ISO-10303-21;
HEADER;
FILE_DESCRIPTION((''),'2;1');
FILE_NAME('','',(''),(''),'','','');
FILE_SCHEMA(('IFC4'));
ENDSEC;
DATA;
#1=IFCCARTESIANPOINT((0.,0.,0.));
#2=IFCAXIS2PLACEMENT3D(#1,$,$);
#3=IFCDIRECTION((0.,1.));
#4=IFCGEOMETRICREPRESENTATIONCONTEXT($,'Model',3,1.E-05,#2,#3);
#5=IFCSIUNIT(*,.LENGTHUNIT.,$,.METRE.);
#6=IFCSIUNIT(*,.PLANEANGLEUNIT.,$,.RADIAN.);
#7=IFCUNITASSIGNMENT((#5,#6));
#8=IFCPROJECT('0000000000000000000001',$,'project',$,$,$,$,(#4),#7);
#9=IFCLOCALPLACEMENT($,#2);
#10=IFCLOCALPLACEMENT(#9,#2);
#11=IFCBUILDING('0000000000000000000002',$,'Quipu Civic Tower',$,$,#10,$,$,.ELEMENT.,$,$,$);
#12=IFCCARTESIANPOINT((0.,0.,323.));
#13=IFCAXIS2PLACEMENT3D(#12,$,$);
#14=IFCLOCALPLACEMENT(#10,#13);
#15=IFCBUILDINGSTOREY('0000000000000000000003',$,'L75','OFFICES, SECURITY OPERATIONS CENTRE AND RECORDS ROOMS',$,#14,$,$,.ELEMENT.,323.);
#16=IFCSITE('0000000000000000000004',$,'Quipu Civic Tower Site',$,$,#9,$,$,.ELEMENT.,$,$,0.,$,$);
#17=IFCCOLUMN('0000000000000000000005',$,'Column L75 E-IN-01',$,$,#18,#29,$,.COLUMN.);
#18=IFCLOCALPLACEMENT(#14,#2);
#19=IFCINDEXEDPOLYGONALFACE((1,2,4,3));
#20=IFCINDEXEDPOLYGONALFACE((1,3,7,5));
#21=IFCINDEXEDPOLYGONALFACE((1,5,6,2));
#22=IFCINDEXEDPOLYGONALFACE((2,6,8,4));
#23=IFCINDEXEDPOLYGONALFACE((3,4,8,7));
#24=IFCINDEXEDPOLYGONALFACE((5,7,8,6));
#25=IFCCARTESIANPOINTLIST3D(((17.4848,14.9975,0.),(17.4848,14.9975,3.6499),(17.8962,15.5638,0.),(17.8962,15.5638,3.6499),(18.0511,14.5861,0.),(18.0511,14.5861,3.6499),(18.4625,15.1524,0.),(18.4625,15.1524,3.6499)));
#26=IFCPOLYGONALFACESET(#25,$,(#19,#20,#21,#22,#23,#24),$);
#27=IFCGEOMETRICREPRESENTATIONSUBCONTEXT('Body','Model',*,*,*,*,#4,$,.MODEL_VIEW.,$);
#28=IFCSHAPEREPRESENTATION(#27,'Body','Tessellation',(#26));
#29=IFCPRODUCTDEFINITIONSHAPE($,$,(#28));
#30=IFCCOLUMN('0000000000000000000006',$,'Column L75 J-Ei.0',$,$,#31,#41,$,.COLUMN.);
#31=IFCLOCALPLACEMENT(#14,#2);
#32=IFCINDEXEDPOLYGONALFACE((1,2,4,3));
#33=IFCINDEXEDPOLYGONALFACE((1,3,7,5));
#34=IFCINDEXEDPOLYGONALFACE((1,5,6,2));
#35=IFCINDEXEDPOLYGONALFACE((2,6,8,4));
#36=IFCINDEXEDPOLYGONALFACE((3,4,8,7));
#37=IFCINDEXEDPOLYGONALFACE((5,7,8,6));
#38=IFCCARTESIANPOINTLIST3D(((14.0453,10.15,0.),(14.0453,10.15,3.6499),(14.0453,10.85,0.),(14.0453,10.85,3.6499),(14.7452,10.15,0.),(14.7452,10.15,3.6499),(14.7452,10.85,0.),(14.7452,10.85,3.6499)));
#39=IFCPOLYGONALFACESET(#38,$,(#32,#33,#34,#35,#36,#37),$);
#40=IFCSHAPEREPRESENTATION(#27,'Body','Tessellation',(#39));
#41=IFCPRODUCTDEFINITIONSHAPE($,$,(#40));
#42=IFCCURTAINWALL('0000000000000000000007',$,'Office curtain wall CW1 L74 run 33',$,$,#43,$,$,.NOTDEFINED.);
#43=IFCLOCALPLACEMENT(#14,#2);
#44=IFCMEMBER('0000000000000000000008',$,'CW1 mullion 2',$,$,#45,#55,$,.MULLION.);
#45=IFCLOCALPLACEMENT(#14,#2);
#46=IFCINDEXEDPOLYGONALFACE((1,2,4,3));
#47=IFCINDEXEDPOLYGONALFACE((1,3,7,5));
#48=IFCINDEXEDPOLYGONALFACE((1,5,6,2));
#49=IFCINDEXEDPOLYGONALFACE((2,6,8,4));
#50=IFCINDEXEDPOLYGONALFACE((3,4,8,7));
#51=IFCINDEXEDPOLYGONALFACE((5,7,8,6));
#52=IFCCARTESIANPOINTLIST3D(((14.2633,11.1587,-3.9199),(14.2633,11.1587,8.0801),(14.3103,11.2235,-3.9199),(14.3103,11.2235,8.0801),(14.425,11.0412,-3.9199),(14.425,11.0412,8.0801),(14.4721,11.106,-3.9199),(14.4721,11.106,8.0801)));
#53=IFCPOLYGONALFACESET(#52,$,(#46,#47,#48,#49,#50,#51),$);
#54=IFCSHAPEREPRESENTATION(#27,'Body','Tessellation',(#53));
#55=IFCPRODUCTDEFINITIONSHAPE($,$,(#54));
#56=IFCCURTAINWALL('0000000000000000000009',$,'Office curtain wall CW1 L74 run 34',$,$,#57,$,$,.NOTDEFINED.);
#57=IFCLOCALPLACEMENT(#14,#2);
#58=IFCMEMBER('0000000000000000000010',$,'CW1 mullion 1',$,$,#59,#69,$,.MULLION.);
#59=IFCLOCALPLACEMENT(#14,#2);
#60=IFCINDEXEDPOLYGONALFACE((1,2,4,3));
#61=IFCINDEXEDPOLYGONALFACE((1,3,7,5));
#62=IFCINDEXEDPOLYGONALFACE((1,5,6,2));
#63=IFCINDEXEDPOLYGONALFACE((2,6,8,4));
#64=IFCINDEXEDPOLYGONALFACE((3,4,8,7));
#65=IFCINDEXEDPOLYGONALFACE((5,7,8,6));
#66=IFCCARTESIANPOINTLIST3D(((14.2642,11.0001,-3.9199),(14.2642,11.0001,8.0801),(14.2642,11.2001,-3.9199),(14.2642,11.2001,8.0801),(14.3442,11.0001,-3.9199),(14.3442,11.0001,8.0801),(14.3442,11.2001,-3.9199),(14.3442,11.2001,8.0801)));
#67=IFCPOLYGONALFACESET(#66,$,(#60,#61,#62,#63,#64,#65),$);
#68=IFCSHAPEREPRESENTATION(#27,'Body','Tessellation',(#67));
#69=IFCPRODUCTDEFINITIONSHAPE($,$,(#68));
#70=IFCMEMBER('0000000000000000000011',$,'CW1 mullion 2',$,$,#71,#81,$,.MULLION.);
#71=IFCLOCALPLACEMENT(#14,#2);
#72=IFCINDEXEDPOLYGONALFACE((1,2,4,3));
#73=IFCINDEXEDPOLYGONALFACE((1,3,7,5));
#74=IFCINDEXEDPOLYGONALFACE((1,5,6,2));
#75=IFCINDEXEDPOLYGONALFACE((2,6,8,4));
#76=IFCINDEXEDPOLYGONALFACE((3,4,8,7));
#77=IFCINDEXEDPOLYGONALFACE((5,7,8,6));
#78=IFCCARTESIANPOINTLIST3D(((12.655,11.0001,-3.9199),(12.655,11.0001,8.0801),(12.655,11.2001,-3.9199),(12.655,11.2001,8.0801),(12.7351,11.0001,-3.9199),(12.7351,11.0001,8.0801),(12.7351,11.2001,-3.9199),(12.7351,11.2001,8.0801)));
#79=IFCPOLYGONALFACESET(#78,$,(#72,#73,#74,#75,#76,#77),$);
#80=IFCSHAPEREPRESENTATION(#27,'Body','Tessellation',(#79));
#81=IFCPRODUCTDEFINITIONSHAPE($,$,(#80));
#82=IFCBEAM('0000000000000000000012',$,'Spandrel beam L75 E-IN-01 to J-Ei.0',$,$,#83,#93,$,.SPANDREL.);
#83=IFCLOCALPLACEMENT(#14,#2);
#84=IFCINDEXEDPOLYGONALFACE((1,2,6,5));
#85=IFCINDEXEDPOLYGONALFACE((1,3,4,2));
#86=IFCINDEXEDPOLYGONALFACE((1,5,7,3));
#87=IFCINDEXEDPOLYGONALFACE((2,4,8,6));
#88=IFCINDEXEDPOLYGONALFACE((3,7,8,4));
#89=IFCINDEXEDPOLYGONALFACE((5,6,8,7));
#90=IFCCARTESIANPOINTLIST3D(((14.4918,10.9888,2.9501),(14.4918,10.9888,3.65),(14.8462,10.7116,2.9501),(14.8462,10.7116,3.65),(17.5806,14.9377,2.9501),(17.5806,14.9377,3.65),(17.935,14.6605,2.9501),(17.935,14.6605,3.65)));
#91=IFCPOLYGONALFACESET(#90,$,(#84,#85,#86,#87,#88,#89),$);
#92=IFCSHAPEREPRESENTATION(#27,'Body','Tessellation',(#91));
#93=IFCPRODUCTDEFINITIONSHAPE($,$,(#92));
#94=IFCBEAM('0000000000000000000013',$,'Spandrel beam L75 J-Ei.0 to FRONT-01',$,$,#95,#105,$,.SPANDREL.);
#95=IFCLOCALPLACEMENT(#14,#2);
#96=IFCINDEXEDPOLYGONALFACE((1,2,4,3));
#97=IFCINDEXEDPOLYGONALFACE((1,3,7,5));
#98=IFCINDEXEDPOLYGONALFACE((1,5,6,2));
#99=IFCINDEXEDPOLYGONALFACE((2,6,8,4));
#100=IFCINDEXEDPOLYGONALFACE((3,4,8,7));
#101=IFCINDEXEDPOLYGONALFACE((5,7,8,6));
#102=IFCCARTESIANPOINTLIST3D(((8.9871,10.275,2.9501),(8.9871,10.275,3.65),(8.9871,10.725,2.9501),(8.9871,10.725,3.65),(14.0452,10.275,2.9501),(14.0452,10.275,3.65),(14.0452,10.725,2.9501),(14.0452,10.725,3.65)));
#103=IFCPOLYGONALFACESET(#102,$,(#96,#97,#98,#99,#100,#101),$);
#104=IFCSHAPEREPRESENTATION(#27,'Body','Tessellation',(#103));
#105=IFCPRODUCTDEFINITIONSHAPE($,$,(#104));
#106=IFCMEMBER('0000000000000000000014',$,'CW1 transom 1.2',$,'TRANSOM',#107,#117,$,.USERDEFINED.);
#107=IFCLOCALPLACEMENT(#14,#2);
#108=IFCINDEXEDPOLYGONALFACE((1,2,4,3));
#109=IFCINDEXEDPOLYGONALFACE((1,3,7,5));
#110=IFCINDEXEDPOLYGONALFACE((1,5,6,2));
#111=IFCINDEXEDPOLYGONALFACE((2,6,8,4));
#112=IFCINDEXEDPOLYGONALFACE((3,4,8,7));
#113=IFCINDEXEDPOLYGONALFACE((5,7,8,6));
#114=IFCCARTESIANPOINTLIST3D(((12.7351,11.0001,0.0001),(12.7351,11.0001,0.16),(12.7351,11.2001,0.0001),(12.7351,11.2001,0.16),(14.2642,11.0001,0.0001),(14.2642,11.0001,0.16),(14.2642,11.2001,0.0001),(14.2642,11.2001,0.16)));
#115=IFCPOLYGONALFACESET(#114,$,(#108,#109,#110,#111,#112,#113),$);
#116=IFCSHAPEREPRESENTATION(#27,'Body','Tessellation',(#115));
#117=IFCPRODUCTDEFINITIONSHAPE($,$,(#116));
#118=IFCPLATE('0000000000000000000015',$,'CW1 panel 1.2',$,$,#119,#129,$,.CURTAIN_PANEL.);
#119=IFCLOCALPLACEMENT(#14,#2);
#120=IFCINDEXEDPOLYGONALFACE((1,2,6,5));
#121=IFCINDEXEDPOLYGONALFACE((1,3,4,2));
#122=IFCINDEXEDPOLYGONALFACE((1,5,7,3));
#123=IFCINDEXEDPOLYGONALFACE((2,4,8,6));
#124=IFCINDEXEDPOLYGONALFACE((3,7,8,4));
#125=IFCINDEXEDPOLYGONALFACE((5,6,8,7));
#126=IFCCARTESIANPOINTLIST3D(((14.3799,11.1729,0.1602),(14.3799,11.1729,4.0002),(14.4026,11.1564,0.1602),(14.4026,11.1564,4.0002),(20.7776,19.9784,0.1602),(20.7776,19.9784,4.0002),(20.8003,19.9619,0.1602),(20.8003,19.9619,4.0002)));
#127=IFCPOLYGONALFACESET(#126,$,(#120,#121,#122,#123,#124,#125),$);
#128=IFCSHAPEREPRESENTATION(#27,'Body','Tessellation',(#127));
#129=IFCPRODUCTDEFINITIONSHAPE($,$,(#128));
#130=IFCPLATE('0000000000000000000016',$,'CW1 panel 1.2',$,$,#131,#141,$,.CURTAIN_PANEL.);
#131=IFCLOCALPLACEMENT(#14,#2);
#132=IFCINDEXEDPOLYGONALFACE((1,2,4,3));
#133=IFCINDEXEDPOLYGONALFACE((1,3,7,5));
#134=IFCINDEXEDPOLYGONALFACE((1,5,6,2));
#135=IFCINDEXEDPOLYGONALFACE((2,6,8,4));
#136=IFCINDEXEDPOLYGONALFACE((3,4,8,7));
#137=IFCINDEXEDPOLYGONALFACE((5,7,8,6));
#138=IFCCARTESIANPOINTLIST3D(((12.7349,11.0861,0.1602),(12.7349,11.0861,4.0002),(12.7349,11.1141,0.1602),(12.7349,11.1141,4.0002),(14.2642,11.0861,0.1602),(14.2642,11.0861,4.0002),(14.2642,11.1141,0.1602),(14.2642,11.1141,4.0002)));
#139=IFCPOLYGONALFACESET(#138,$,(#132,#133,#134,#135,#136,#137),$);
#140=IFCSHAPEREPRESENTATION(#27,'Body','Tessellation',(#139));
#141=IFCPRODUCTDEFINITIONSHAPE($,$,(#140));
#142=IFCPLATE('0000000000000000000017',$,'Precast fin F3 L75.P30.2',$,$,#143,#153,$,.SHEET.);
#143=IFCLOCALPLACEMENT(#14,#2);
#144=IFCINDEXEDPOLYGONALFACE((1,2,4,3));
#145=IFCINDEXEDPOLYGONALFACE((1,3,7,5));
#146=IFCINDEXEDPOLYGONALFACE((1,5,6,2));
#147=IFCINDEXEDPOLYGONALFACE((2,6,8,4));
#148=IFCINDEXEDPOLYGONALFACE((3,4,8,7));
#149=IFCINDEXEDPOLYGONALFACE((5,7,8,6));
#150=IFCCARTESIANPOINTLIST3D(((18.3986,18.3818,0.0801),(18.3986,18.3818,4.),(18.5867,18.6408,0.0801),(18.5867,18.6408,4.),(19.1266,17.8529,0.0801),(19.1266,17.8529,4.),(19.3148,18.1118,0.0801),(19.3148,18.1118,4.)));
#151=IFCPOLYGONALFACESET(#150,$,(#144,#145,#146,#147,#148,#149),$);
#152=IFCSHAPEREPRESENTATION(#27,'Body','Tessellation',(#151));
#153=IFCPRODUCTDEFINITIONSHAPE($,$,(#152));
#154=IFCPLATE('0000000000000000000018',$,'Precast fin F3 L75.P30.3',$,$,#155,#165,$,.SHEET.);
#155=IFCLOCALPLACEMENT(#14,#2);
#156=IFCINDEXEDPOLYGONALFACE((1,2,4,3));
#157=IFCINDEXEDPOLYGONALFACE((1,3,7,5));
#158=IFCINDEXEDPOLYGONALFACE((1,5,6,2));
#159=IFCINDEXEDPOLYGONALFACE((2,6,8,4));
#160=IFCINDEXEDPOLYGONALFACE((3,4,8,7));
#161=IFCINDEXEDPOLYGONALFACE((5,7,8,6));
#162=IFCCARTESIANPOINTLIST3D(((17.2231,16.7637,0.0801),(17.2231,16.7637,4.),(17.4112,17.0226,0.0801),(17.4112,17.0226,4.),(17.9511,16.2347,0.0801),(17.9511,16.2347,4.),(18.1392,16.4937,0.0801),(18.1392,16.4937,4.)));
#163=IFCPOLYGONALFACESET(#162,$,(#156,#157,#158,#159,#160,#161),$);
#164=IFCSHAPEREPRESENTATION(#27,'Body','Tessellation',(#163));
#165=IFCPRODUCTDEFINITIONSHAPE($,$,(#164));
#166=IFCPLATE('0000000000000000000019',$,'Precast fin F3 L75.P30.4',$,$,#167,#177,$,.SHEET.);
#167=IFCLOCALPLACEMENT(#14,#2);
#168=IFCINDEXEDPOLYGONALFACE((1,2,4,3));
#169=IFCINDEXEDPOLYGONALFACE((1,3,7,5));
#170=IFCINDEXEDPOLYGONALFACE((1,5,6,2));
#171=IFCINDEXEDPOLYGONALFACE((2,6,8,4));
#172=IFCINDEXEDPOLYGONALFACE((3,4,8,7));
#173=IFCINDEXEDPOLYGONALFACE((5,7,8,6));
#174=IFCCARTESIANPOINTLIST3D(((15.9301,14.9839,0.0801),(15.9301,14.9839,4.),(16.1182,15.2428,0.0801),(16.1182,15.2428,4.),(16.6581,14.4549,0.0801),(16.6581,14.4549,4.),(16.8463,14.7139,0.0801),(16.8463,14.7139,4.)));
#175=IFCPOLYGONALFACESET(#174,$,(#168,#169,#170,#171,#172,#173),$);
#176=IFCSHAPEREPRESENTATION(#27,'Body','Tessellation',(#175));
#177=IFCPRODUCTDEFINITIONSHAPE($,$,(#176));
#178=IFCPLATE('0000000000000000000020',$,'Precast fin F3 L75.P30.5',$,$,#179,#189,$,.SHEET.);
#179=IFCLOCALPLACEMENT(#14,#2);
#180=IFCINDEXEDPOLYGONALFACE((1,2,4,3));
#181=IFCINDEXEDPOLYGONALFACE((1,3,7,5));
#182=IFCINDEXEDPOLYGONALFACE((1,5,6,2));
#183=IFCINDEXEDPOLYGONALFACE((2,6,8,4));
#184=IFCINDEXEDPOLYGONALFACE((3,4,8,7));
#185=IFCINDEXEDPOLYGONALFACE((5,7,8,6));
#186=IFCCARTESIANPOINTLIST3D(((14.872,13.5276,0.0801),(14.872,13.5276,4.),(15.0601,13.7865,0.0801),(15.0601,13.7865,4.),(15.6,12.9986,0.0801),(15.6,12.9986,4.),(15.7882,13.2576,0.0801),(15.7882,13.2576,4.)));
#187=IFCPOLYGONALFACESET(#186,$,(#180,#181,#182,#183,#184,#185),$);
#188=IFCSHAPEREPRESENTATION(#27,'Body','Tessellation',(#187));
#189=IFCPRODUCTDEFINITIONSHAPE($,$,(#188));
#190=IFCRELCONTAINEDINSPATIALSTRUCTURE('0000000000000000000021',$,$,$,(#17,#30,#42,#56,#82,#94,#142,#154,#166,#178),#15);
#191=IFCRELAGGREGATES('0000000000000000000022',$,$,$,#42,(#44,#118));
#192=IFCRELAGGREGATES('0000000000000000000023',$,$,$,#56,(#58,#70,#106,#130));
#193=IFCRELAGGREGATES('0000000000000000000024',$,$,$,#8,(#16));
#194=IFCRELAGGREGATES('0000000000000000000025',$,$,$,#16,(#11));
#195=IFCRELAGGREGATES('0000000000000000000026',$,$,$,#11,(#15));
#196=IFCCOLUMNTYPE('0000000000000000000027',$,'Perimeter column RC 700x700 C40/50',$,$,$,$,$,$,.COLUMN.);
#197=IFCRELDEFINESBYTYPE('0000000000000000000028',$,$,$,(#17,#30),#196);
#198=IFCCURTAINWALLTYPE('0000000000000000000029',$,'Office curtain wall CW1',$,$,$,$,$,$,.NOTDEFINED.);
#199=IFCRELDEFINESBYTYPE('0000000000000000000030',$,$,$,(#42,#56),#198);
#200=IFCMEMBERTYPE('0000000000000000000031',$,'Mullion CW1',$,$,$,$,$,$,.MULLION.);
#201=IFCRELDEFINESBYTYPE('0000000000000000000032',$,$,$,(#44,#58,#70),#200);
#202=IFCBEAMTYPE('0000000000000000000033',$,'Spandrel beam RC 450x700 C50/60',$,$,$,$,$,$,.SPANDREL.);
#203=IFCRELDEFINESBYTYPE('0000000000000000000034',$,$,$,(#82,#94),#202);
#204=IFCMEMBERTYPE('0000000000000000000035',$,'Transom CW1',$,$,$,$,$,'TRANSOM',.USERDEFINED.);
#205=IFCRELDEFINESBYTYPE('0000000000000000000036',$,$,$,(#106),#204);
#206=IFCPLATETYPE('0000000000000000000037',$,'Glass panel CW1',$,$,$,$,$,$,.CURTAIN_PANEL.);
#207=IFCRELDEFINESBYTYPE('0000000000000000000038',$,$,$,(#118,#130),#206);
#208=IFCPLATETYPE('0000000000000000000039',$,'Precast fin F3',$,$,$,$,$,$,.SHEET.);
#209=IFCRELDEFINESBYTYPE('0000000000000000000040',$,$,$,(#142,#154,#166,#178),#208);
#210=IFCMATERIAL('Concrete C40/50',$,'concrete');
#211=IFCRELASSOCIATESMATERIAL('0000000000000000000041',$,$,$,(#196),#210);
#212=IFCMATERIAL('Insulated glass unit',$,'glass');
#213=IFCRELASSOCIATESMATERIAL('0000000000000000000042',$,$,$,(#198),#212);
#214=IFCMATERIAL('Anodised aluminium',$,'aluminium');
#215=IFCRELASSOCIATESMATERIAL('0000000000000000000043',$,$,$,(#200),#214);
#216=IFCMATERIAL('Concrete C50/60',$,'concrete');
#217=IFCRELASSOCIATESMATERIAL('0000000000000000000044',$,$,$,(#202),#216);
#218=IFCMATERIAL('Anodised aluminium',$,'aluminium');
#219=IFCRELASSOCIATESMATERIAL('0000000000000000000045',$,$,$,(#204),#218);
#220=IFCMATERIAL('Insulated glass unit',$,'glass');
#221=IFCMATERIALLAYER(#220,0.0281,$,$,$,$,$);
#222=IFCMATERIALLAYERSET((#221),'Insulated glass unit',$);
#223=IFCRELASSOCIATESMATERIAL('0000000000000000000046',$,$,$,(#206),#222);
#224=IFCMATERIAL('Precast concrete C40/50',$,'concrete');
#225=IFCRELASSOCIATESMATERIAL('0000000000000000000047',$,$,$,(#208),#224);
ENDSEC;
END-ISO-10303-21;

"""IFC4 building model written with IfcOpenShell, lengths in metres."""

from ifc_helpers import new_model, si_unit, direction, frame, origin, origin_2d, place, context, subcontext, project, spatial, rectangle, extrude, material, layer, layer_set, material_profile, profile_set, type_object, element, aggregate, save


model = new_model("IFC4")

# Units and contexts
model_context = context("Model", 3, precision=1e-05, world=origin(), true_north=direction((0.0, 1.0)))
body_context = subcontext(model_context, "Body", "Model", "MODEL_VIEW")
ifc_project = project(units=[si_unit("LENGTHUNIT", "METRE"), si_unit("PLANEANGLEUNIT", "RADIAN")], contexts=[model_context])

# Site, building, storey
site_placement = place(None, origin())
site = spatial("IfcSite", under=ifc_project, at=site_placement, Name="Quipu Civic Tower Site", CompositionType="ELEMENT", RefElevation=0.0)
building_placement = place(site_placement, origin())
building = spatial("IfcBuilding", under=site, at=building_placement, Name="Quipu Civic Tower", CompositionType="ELEMENT")
storey_placement = place(building_placement, frame((0.0, 0.0, 323.0)))
storey = spatial("IfcBuildingStorey", under=building, at=storey_placement, Name="L75", Description="OFFICES, SECURITY OPERATIONS CENTRE AND RECORDS ROOMS", CompositionType="ELEMENT", Elevation=323.0)

# Columns
ifc_material_1 = material(Name="Concrete C40/50", Category="concrete")
ifc_material_profile_1 = material_profile(ifc_material_1, rectangle(XDim=0.7, YDim=0.7, at=origin_2d()), Name="RC700x700")
ifc_profile_set_1 = profile_set([ifc_material_profile_1], Name="Concrete C40/50")
column_type = type_object("IfcColumnType", Name="Perimeter column RC 700x700 C40/50", PredefinedType="COLUMN", material=ifc_profile_set_1)
for number, where, z_axis, x_axis, name in (
    (1, (17.9736, 15.075, 0.0), (0.0, 0.0, 1.0), (-0.587785, -0.809017, 0.0), "Column L75 E-IN-01"),
    (2, (14.3953, 10.5, 0.0), (0.0, 0.0, 1.0), (-1.0, 0.0, 0.0), "Column L75 J-Ei.0"),
):
    element("IfcColumn", number, at=place(storey_placement, frame(where, z_axis=z_axis, x_axis=x_axis)), inside=storey, type_object=column_type, Name=name, PredefinedType="COLUMN", context=body_context, shape_type="SweptSolid", body=[
        extrude(rectangle(XDim=0.7, YDim=0.7, at=origin_2d()), origin(), (0.0, 0.0, 1.0), 3.6499),
    ])

# Curtain wall, member
ifc_material_2 = material(Name="Insulated glass unit", Category="glass")
curtain_wall_type = type_object("IfcCurtainWallType", Name="Office curtain wall CW1", PredefinedType="NOTDEFINED", material=ifc_material_2)
curtain_wall_1_placement = place(storey_placement, origin())
curtain_wall_1 = element("IfcCurtainWall", 3, at=curtain_wall_1_placement, inside=storey, type_object=curtain_wall_type, Name="Office curtain wall CW1 L74 run 33", PredefinedType="NOTDEFINED")
ifc_material_3 = material(Name="Anodised aluminium", Category="aluminium")
ifc_material_profile_2 = material_profile(ifc_material_3, rectangle(XDim=0.2, YDim=0.0801, at=origin_2d()), Name="RECT 200x80")
ifc_profile_set_2 = profile_set([ifc_material_profile_2], Name="Anodised aluminium")
member_type_1 = type_object("IfcMemberType", Name="Mullion CW1", PredefinedType="MULLION", material=ifc_profile_set_2)
member_1_placement = place(storey_placement, frame((14.3677, 11.1323, -3.9199), z_axis=(0.0, 0.0, 1.0), x_axis=(0.809015, -0.587788, 0.0)))
member_1 = element("IfcMember", 4, at=member_1_placement, type_object=member_type_1, Name="CW1 mullion 2", PredefinedType="MULLION", context=body_context, shape_type="SweptSolid", body=[
    extrude(rectangle(XDim=0.2, YDim=0.0801, at=origin_2d()), origin(), (0.0, 0.0, 1.0), 12.0),
])

# Curtain wall, members
curtain_wall_2_placement = place(storey_placement, origin())
curtain_wall_2 = element("IfcCurtainWall", 5, at=curtain_wall_2_placement, inside=storey, type_object=curtain_wall_type, Name="Office curtain wall CW1 L74 run 34", PredefinedType="NOTDEFINED")
member_2_placement = place(storey_placement, frame((14.3042, 11.1001, -3.9199), z_axis=(0.0, 0.0, 1.0), x_axis=(0.0, -1.0, 0.0)))
member_2 = element("IfcMember", 6, at=member_2_placement, type_object=member_type_1, Name="CW1 mullion 1", PredefinedType="MULLION", context=body_context, shape_type="SweptSolid", body=[
    extrude(rectangle(XDim=0.2, YDim=0.0801, at=origin_2d()), origin(), (0.0, 0.0, 1.0), 12.0),
])
member_3_placement = place(storey_placement, frame((12.6951, 11.1001, -3.9199), z_axis=(0.0, 0.0, 1.0), x_axis=(0.0, -1.0, 0.0)))
member_3 = element("IfcMember", 7, at=member_3_placement, type_object=member_type_1, Name="CW1 mullion 2", PredefinedType="MULLION", context=body_context, shape_type="SweptSolid", body=[
    extrude(rectangle(XDim=0.2, YDim=0.0801, at=origin_2d()), origin(), (0.0, 0.0, 1.0), 12.0),
])

# Beams
ifc_material_4 = material(Name="Concrete C50/60", Category="concrete")
ifc_material_profile_3 = material_profile(ifc_material_4, rectangle(XDim=0.45, YDim=0.7, at=origin_2d()), Name="RC450x700")
ifc_profile_set_3 = profile_set([ifc_material_profile_3], Name="Concrete C50/60")
beam_type = type_object("IfcBeamType", Name="Spandrel beam RC 450x700 C50/60", PredefinedType="SPANDREL", material=ifc_profile_set_3)
beam_1_placement = place(storey_placement, frame((17.7578, 14.7991, 3.3), z_axis=(-0.616106, -0.787663, 0.0), x_axis=(0.787663, -0.616106, 0.0)))
element("IfcBeam", 8, at=beam_1_placement, inside=storey, type_object=beam_type, Name="Spandrel beam L75 E-IN-01 to J-Ei.0", PredefinedType="SPANDREL", context=body_context, shape_type="SweptSolid", body=[
    extrude(rectangle(XDim=0.45, YDim=0.7, at=origin_2d()), origin(), (0.0, 0.0, 1.0), 5.0134),
])
beam_2_placement = place(storey_placement, frame((14.0452, 10.5, 3.3), z_axis=(-1.0, 0.0, 0.0), x_axis=(0.0, -1.0, 0.0)))
element("IfcBeam", 9, at=beam_2_placement, inside=storey, type_object=beam_type, Name="Spandrel beam L75 J-Ei.0 to FRONT-01", PredefinedType="SPANDREL", context=body_context, shape_type="SweptSolid", body=[
    extrude(rectangle(XDim=0.45, YDim=0.7, at=origin_2d()), origin(), (0.0, 0.0, 1.0), 5.0581),
])

# Member
ifc_material_5 = material(Name="Anodised aluminium", Category="aluminium")
ifc_material_profile_4 = material_profile(ifc_material_5, rectangle(XDim=0.2, YDim=0.1599, at=origin_2d()), Name="RECT 200x160")
ifc_profile_set_4 = profile_set([ifc_material_profile_4], Name="Anodised aluminium")
member_type_2 = type_object("IfcMemberType", Name="Transom CW1", ElementType="TRANSOM", PredefinedType="USERDEFINED", material=ifc_profile_set_4)
member_4_placement = place(storey_placement, frame((14.2642, 11.1001, 0.0801), z_axis=(-1.0, 0.0, 0.0), x_axis=(0.0, -1.0, 0.0)))
member_4 = element("IfcMember", 10, at=member_4_placement, type_object=member_type_2, Name="CW1 transom 1.2", ObjectType="TRANSOM", PredefinedType="USERDEFINED", context=body_context, shape_type="SweptSolid", body=[
    extrude(rectangle(XDim=0.2, YDim=0.1599, at=origin_2d()), origin(), (0.0, 0.0, 1.0), 1.5291),
])

# Plates
ifc_material_6 = material(Name="Insulated glass unit", Category="glass")
ifc_layer_1 = layer(ifc_material_6, 0.0281)
ifc_layer_set_1 = layer_set([ifc_layer_1], Name="Insulated glass unit")
plate_type_1 = type_object("IfcPlateType", Name="Glass panel CW1", PredefinedType="CURTAIN_PANEL", material=ifc_layer_set_1)
plate_1_placement = place(storey_placement, frame((17.5901, 15.5674, 0.1602), z_axis=(0.0, 0.0, 1.0), x_axis=(-0.587788, -0.809015, 0.0)))
plate_1 = element("IfcPlate", 11, at=plate_1_placement, type_object=plate_type_1, Name="CW1 panel 1.2", PredefinedType="CURTAIN_PANEL", context=body_context, shape_type="SweptSolid", body=[
    extrude(rectangle(XDim=10.8843, YDim=0.0281, at=origin_2d()), origin(), (0.0, 0.0, 1.0), 3.8401),
])
aggregate(curtain_wall_1, [member_1, plate_1])
plate_2_placement = place(storey_placement, frame((13.4995, 11.1001, 0.1602), z_axis=(0.0, 0.0, 1.0), x_axis=(-1.0, 0.0, 0.0)))
plate_2 = element("IfcPlate", 12, at=plate_2_placement, type_object=plate_type_1, Name="CW1 panel 1.2", PredefinedType="CURTAIN_PANEL", context=body_context, shape_type="SweptSolid", body=[
    extrude(rectangle(XDim=1.5293, YDim=0.0281, at=origin_2d()), origin(), (0.0, 0.0, 1.0), 3.8401),
])
aggregate(curtain_wall_2, [member_2, member_3, member_4, plate_2])

# Plates
ifc_material_7 = material(Name="Precast concrete C40/50", Category="concrete")
plate_type_2 = type_object("IfcPlateType", Name="Precast fin F3", PredefinedType="SHEET", material=ifc_material_7)
for number, where, z_axis, x_axis, name in (
    (13, (18.8567, 18.2468, 0.0801), (0.0, 0.0, 1.0), (-0.587784, -0.809018, 0.0), "Precast fin F3 L75.P30.2"),
    (14, (17.6812, 16.6287, 0.0801), (0.0, 0.0, 1.0), (-0.587784, -0.809018, 0.0), "Precast fin F3 L75.P30.3"),
    (15, (16.3882, 14.8489, 0.0801), (0.0, 0.0, 1.0), (-0.587784, -0.809018, 0.0), "Precast fin F3 L75.P30.4"),
    (16, (15.3301, 13.3926, 0.0801), (0.0, 0.0, 1.0), (-0.587784, -0.809018, 0.0), "Precast fin F3 L75.P30.5"),
):
    element("IfcPlate", number, at=place(storey_placement, frame(where, z_axis=z_axis, x_axis=x_axis)), inside=storey, type_object=plate_type_2, Name=name, PredefinedType="SHEET", context=body_context, shape_type="SweptSolid", body=[
        extrude(rectangle(XDim=0.3201, YDim=0.8999, at=origin_2d()), origin(), (0.0, 0.0, 1.0), 3.9199),
    ])

save(model, "model.ifc")
